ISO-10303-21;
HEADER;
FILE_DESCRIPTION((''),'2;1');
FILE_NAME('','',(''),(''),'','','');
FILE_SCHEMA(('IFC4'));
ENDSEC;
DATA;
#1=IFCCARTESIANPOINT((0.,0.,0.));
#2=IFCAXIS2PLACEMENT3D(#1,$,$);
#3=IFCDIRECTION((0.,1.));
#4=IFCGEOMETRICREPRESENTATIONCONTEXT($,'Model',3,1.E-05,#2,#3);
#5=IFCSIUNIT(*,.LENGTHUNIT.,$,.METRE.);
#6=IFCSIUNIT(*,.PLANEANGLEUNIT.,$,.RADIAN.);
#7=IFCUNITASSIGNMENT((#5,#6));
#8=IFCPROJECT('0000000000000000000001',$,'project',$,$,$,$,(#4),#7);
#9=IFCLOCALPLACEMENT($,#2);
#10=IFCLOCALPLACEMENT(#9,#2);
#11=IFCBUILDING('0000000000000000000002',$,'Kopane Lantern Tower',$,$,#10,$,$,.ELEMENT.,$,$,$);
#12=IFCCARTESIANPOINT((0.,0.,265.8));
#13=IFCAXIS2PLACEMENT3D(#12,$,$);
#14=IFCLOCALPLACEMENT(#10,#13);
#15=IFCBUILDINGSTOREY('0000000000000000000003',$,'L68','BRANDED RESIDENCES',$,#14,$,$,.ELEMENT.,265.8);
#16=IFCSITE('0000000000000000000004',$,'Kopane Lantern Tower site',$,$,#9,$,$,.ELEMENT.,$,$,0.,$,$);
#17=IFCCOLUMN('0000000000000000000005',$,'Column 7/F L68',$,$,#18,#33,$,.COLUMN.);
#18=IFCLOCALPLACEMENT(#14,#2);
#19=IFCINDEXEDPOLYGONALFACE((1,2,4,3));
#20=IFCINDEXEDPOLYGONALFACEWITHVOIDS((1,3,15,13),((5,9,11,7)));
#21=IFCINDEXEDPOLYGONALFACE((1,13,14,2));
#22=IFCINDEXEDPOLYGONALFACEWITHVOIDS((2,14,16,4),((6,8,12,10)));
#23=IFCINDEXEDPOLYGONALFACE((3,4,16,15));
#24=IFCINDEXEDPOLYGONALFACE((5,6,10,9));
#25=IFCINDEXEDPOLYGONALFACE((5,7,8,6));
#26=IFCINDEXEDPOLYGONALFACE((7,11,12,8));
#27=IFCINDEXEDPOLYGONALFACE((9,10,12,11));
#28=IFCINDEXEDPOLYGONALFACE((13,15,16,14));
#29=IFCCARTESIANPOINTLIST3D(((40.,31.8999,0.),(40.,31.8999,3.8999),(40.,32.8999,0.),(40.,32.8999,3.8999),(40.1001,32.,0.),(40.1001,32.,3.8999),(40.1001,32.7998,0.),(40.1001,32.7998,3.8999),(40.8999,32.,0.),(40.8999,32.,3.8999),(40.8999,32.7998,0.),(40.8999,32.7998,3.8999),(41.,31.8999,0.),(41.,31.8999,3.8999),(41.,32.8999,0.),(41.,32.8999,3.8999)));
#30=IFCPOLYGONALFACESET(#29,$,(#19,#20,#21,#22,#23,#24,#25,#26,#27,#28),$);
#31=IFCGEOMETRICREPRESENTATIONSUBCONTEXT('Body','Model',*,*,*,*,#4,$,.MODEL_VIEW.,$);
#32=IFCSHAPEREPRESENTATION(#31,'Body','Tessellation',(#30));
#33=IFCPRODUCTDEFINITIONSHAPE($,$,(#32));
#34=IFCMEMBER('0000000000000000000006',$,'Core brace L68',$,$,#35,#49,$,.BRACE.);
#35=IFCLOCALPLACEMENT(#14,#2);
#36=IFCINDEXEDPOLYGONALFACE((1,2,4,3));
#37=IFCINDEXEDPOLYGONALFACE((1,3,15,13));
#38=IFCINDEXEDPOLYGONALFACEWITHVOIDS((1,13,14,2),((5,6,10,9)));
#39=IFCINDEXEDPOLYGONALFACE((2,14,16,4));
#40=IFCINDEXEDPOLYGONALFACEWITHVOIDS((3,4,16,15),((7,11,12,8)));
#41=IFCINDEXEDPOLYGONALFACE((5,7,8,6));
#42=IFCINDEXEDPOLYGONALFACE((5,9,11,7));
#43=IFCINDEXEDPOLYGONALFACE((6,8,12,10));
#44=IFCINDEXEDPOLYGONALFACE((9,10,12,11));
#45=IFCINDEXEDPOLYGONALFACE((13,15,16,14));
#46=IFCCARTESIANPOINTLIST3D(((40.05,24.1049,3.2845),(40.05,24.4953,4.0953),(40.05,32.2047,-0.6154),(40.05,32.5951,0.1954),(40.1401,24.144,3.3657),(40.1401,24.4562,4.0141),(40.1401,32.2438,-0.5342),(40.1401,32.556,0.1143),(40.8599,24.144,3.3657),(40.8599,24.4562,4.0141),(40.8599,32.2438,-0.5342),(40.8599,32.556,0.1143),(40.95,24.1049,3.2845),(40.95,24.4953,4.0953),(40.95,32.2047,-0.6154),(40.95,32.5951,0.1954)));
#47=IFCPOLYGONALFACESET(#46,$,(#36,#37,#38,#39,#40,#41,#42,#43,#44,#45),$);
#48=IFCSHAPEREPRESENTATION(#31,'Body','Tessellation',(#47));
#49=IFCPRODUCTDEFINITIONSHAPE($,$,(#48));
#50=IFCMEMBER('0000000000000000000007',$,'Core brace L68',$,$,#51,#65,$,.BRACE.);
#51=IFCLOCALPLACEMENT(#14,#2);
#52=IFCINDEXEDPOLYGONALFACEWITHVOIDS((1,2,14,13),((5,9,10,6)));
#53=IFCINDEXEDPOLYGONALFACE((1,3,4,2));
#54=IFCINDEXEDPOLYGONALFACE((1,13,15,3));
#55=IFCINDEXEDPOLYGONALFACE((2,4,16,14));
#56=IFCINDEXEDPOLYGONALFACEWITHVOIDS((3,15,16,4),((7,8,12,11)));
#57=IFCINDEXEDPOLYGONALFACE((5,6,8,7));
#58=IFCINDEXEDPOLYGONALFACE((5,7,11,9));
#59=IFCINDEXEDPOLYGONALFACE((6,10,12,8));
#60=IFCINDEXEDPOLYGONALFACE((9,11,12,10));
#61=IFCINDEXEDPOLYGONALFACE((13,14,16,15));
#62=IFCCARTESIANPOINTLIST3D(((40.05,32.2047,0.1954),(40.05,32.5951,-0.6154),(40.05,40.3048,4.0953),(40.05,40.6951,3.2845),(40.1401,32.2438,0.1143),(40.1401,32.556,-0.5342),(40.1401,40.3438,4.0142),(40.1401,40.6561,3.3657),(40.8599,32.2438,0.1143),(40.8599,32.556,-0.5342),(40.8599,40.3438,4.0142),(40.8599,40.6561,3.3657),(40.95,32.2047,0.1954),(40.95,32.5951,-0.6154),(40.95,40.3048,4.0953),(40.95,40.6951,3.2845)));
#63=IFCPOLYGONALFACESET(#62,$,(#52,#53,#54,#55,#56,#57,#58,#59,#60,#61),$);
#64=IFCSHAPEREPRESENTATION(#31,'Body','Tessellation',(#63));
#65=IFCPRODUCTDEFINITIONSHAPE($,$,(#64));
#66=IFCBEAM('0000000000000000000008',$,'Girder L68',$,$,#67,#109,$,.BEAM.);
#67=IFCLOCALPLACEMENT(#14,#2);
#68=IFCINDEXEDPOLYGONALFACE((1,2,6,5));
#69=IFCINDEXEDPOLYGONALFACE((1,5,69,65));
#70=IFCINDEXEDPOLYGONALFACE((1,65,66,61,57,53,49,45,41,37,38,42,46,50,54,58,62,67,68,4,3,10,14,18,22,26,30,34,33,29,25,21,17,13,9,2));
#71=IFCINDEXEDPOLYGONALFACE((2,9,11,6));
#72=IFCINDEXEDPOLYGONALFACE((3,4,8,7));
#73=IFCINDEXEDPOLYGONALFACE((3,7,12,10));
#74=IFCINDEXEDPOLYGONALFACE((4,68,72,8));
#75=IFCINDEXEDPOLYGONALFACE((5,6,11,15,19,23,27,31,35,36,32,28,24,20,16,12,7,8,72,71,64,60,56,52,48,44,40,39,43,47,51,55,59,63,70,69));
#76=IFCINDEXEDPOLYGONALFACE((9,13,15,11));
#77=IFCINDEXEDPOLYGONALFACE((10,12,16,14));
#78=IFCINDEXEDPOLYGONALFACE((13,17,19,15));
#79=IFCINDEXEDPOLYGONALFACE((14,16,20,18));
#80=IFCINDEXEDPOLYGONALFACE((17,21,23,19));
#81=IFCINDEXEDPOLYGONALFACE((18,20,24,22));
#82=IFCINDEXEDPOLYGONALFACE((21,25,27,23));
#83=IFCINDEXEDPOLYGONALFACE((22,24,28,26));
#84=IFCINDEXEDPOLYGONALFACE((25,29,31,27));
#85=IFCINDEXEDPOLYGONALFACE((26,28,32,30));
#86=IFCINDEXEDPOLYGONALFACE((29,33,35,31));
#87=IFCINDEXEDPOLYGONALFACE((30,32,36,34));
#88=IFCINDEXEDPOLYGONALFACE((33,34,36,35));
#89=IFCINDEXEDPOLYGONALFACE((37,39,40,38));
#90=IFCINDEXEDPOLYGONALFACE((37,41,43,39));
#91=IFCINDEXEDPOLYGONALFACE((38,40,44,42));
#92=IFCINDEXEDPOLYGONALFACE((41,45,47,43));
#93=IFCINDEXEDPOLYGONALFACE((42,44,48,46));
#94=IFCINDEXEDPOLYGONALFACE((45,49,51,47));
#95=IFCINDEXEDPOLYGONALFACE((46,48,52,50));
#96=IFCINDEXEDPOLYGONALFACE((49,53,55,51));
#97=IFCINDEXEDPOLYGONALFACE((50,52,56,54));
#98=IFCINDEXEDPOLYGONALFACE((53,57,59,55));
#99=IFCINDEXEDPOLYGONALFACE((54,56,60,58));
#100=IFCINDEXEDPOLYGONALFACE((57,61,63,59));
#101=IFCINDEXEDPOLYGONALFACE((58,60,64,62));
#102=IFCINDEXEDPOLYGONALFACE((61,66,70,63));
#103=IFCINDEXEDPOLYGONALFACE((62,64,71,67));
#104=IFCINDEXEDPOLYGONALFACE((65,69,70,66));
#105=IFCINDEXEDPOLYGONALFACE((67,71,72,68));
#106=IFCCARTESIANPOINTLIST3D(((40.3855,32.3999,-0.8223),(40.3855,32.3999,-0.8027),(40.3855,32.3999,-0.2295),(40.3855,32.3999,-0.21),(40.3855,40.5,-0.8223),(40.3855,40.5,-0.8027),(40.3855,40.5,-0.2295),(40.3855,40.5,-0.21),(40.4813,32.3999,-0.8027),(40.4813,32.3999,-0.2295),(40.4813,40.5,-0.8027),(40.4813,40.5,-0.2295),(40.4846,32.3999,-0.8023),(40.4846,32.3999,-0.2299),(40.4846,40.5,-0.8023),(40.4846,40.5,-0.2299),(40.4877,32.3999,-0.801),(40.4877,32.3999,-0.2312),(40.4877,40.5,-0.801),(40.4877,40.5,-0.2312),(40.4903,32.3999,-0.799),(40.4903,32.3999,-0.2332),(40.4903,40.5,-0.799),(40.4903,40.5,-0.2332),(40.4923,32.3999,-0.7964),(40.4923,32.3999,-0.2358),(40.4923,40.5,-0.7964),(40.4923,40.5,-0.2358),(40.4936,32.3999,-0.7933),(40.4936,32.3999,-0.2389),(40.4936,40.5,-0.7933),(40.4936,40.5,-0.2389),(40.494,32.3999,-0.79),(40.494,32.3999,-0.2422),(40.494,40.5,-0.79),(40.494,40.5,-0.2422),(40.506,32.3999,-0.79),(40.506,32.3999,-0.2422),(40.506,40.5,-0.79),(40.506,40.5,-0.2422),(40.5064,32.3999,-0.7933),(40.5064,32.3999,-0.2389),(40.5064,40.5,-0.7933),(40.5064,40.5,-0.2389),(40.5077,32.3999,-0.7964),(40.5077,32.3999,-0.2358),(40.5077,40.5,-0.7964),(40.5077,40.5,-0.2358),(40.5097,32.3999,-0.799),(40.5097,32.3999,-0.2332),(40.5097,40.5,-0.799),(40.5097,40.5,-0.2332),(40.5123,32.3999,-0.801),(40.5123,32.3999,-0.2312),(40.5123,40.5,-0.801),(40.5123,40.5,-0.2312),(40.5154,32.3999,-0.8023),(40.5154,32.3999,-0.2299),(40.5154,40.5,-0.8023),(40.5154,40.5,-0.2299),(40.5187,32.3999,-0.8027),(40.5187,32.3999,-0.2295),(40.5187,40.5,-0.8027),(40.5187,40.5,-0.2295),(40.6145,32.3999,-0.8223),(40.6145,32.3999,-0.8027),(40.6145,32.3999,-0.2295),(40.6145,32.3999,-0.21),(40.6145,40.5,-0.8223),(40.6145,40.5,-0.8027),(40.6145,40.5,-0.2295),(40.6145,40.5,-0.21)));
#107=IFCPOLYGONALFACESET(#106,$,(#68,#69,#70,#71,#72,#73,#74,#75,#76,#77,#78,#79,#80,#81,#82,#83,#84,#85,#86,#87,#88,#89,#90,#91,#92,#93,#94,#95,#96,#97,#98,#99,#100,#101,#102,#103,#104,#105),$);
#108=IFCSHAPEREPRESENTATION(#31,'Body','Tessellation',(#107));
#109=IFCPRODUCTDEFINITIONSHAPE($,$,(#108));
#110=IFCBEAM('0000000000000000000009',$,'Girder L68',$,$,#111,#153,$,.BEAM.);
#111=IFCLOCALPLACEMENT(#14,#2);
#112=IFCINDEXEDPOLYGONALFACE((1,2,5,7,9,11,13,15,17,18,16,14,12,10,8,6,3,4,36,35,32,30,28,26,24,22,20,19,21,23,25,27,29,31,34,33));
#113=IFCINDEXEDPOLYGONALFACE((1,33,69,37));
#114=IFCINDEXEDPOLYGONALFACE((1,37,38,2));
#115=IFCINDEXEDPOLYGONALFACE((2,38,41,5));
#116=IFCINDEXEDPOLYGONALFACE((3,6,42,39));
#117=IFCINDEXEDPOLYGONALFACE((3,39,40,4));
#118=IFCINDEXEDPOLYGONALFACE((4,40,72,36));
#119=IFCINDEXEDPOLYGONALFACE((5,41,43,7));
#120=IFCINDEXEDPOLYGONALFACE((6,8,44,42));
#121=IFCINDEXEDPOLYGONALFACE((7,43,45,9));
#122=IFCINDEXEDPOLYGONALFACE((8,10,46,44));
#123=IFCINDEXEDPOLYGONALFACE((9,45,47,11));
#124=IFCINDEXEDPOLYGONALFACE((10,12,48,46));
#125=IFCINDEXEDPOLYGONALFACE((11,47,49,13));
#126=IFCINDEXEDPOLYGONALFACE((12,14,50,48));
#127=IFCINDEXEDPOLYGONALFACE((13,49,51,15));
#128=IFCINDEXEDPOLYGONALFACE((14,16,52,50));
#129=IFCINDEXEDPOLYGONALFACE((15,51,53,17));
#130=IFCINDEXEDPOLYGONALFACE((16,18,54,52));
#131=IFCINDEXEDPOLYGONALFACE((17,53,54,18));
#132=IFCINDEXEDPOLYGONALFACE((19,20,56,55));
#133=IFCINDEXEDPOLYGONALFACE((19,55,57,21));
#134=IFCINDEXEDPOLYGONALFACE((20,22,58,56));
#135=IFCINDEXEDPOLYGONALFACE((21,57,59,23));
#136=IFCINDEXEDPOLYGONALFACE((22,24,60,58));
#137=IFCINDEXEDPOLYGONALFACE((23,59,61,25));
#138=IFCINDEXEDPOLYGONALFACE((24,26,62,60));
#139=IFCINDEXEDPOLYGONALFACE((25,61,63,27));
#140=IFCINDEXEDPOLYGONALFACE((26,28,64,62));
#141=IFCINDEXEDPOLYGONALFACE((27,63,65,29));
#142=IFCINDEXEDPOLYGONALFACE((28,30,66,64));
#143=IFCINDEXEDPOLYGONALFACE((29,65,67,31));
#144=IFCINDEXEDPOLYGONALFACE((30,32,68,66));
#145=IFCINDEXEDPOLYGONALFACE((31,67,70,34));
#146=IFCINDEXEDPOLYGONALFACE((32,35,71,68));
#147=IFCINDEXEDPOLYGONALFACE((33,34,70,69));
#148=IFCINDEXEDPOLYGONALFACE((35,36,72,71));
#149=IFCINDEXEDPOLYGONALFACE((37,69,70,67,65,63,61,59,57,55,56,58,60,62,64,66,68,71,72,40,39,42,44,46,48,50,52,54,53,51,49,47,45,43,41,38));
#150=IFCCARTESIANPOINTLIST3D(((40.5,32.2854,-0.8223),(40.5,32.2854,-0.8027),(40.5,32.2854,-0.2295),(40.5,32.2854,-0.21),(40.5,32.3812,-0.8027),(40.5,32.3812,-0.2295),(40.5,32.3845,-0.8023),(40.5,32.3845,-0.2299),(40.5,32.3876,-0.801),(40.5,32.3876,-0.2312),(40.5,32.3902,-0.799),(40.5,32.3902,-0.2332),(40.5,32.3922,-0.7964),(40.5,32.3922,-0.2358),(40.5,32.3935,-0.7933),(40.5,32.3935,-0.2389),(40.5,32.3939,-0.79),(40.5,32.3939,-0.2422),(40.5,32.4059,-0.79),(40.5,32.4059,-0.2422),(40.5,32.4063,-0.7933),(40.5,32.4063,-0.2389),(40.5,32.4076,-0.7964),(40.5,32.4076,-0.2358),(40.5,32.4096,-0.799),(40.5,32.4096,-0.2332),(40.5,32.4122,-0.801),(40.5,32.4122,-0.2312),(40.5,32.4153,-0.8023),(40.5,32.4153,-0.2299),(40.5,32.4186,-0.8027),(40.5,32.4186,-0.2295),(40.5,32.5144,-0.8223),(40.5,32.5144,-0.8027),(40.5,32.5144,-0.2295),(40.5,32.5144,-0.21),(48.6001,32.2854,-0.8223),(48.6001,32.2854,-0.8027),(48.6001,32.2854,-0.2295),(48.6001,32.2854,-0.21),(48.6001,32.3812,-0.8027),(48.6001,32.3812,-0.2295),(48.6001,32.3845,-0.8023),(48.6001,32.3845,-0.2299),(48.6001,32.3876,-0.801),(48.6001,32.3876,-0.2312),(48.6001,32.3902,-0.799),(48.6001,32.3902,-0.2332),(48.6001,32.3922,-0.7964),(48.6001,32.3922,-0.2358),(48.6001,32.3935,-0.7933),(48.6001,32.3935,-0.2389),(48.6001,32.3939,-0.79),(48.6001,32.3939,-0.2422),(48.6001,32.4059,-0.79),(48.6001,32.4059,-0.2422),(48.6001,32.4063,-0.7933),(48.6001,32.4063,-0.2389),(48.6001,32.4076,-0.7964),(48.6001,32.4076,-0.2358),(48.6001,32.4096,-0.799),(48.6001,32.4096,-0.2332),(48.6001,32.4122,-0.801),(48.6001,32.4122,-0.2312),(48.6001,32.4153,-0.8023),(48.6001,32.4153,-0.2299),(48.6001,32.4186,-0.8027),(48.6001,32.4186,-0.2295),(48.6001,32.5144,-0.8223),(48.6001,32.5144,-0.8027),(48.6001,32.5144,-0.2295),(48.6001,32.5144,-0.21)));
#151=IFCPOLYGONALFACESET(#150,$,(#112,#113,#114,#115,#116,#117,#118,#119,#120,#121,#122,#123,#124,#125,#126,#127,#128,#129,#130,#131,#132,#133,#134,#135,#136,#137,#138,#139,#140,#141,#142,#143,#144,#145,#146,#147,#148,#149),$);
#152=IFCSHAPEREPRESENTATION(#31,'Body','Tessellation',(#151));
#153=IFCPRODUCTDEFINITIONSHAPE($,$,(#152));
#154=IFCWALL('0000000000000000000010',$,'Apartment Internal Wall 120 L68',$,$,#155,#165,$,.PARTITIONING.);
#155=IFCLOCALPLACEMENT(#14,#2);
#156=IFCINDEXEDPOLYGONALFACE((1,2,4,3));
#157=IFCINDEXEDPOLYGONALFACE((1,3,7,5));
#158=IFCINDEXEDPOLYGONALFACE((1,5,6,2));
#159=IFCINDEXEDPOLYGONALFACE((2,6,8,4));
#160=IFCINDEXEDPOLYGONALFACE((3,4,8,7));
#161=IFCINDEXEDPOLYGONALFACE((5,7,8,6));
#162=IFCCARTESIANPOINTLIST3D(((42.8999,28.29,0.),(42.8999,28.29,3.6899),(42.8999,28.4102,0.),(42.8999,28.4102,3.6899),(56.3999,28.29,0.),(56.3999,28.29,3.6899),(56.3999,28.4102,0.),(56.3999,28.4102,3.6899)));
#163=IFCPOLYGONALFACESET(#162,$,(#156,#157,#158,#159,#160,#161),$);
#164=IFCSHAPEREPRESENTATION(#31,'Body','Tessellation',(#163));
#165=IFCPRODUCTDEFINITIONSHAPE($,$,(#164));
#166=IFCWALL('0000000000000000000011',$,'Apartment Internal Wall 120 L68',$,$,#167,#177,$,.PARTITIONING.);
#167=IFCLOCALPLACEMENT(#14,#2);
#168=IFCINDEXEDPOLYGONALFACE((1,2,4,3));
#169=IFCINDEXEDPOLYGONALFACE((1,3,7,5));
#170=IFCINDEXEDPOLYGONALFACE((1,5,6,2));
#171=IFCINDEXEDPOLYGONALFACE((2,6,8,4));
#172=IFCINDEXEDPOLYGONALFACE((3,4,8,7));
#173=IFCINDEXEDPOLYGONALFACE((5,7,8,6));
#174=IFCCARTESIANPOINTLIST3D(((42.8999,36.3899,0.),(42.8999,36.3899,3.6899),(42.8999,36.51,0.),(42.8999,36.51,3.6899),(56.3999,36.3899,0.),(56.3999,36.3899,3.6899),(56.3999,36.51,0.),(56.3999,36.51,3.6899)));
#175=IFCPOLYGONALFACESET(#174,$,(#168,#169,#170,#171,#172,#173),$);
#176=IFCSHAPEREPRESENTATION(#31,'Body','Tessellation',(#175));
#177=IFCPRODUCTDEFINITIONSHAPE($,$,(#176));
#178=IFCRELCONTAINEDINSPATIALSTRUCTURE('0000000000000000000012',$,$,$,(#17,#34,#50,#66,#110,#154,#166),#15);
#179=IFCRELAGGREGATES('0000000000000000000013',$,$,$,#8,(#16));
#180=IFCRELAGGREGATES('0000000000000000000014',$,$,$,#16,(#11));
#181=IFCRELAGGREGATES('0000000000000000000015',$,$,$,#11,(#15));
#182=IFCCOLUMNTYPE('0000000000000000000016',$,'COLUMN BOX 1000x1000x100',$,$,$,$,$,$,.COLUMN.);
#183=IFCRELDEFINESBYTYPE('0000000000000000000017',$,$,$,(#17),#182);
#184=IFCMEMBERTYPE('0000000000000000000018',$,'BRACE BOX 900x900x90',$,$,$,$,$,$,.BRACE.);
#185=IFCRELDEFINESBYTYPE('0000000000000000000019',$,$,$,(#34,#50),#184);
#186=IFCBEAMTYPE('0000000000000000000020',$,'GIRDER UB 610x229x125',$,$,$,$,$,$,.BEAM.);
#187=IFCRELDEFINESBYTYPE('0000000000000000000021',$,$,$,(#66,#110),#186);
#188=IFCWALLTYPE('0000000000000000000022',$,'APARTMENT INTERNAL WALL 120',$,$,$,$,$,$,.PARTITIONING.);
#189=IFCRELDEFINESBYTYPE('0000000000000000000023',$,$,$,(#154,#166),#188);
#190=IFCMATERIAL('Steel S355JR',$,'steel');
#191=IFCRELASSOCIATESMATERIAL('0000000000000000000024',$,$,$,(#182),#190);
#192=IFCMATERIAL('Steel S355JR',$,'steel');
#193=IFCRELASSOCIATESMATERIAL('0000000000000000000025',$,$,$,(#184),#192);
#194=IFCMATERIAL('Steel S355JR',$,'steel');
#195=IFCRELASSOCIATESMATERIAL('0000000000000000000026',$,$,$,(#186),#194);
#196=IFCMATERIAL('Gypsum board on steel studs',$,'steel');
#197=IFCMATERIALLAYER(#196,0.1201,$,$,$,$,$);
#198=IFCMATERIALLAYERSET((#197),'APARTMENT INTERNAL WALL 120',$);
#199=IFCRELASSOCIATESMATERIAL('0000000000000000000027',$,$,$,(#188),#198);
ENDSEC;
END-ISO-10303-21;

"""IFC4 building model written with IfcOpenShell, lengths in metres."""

from ifc_helpers import new_model, si_unit, direction, frame, frame_2d, origin, origin_2d, place, context, subcontext, project, spatial, rectangle, hollow_rectangle, i_section, extrude, material, layer, layer_set, material_profile, profile_set, type_object, element, save


model = new_model("IFC4")

# Units and contexts
model_context = context("Model", 3, precision=1e-05, world=origin(), true_north=direction((0.0, 1.0)))
body_context = subcontext(model_context, "Body", "Model", "MODEL_VIEW")
ifc_project = project(units=[si_unit("LENGTHUNIT", "METRE"), si_unit("PLANEANGLEUNIT", "RADIAN")], contexts=[model_context])

# Site, building, storey
site_placement = place(None, origin())
site = spatial("IfcSite", under=ifc_project, at=site_placement, Name="Kopane Lantern Tower site", CompositionType="ELEMENT", RefElevation=0.0)
building_placement = place(site_placement, origin())
building = spatial("IfcBuilding", under=site, at=building_placement, Name="Kopane Lantern Tower", CompositionType="ELEMENT")
storey_placement = place(building_placement, frame((0.0, 0.0, 265.8)))
storey = spatial("IfcBuildingStorey", under=building, at=storey_placement, Name="L68", Description="BRANDED RESIDENCES", CompositionType="ELEMENT", Elevation=265.8)

# Column
ifc_material_1 = material(Name="Steel S355JR", Category="steel")
ifc_material_profile_1 = material_profile(ifc_material_1, hollow_rectangle(XDim=1.0, YDim=1.0, WallThickness=0.1001, at=origin_2d()), Name="BOX 1000x1000x100")
ifc_profile_set_1 = profile_set([ifc_material_profile_1], Name="Steel S355JR")
column_type = type_object("IfcColumnType", Name="COLUMN BOX 1000x1000x100", PredefinedType="COLUMN", material=ifc_profile_set_1)
column_placement = place(storey_placement, frame((40.5, 32.3999, 0.0), z_axis=(0.0, 0.0, 1.0), x_axis=(1.0, 0.0, 0.0)))
element("IfcColumn", 1, at=column_placement, inside=storey, type_object=column_type, Name="Column 7/F L68", PredefinedType="COLUMN", context=body_context, shape_type="SweptSolid", body=[
    extrude(hollow_rectangle(XDim=1.0, YDim=1.0, WallThickness=0.1001, at=origin_2d()), origin(), (0.0, 0.0, 1.0), 3.8999),
])

# Members
ifc_material_2 = material(Name="Steel S355JR", Category="steel")
ifc_material_profile_2 = material_profile(ifc_material_2, hollow_rectangle(XDim=0.8999, YDim=0.8999, WallThickness=0.0901, at=origin_2d()), Name="BOX 900x900x90")
ifc_profile_set_2 = profile_set([ifc_material_profile_2], Name="Steel S355JR")
member_type = type_object("IfcMemberType", Name="BRACE BOX 900x900x90", PredefinedType="BRACE", material=ifc_profile_set_2)
member_1_placement = place(storey_placement, frame((40.5, 32.3999, -0.21), z_axis=(0.0, -0.901003, 0.433813), x_axis=(1.0, 0.0, 0.0)))
element("IfcMember", 2, at=member_1_placement, inside=storey, type_object=member_type, Name="Core brace L68", PredefinedType="BRACE", context=body_context, shape_type="SweptSolid", body=[
    extrude(hollow_rectangle(XDim=0.8999, YDim=0.8999, WallThickness=0.0901, at=origin_2d()), origin(), (0.0, 0.0, 1.0), 8.9897),
])
member_2_placement = place(storey_placement, frame((40.5, 32.3999, -0.21), z_axis=(0.0, 0.901008, 0.433803), x_axis=(-1.0, 0.0, 0.0)))
element("IfcMember", 3, at=member_2_placement, inside=storey, type_object=member_type, Name="Core brace L68", PredefinedType="BRACE", context=body_context, shape_type="SweptSolid", body=[
    extrude(hollow_rectangle(XDim=0.8999, YDim=0.8999, WallThickness=0.0901, at=origin_2d()), origin(), (0.0, 0.0, 1.0), 8.99),
])

# Beams
ifc_material_3 = material(Name="Steel S355JR", Category="steel")
ifc_material_profile_3 = material_profile(ifc_material_3, i_section(OverallWidth=0.229, OverallDepth=0.6123, WebThickness=0.012, FlangeThickness=0.0195, FilletRadius=0.0127, at=origin_2d()), Name="UB 610x229x125")
ifc_profile_set_3 = profile_set([ifc_material_profile_3], Name="Steel S355JR")
beam_type = type_object("IfcBeamType", Name="GIRDER UB 610x229x125", PredefinedType="BEAM", material=ifc_profile_set_3)
for number, where, z_axis, x_axis, name in (
    (4, (40.5, 32.3999, -0.5161), (0.0, 1.0, 0.0), (-1.0, 0.0, 0.0), "Girder L68"),
    (5, (40.5, 32.3999, -0.5161), (1.0, 0.0, 0.0), (0.0, 1.0, 0.0), "Girder L68"),
):
    element("IfcBeam", number, at=place(storey_placement, frame(where, z_axis=z_axis, x_axis=x_axis)), inside=storey, type_object=beam_type, Name=name, PredefinedType="BEAM", context=body_context, shape_type="SweptSolid", body=[
        extrude(i_section(OverallWidth=0.229, OverallDepth=0.6123, WebThickness=0.012, FlangeThickness=0.0195, FilletRadius=0.0127, at=origin_2d()), origin(), (0.0, 0.0, 1.0), 8.1001),
    ])

# Walls
ifc_material_4 = material(Name="Gypsum board on steel studs", Category="steel")
ifc_layer_1 = layer(ifc_material_4, 0.1201)
ifc_layer_set_1 = layer_set([ifc_layer_1], Name="APARTMENT INTERNAL WALL 120")
wall_type_1 = type_object("IfcWallType", Name="APARTMENT INTERNAL WALL 120", PredefinedType="PARTITIONING", material=ifc_layer_set_1)
for number, where, z_axis, x_axis, name in (
    (6, (42.8999, 28.3501, 0.0), (0.0, 0.0, 1.0), (1.0, 0.0, 0.0), "Apartment Internal Wall 120 L68"),
    (7, (42.8999, 36.45, 0.0), (0.0, 0.0, 1.0), (1.0, 0.0, 0.0), "Apartment Internal Wall 120 L68"),
):
    element("IfcWall", number, at=place(storey_placement, frame(where, z_axis=z_axis, x_axis=x_axis)), inside=storey, type_object=wall_type_1, Name=name, PredefinedType="PARTITIONING", context=body_context, shape_type="SweptSolid", body=[
        extrude(rectangle(XDim=13.5, YDim=0.1201, at=frame_2d((6.75, 0.0))), origin(), (0.0, 0.0, 1.0), 3.6899),
    ])

save(model, "model.ifc")
